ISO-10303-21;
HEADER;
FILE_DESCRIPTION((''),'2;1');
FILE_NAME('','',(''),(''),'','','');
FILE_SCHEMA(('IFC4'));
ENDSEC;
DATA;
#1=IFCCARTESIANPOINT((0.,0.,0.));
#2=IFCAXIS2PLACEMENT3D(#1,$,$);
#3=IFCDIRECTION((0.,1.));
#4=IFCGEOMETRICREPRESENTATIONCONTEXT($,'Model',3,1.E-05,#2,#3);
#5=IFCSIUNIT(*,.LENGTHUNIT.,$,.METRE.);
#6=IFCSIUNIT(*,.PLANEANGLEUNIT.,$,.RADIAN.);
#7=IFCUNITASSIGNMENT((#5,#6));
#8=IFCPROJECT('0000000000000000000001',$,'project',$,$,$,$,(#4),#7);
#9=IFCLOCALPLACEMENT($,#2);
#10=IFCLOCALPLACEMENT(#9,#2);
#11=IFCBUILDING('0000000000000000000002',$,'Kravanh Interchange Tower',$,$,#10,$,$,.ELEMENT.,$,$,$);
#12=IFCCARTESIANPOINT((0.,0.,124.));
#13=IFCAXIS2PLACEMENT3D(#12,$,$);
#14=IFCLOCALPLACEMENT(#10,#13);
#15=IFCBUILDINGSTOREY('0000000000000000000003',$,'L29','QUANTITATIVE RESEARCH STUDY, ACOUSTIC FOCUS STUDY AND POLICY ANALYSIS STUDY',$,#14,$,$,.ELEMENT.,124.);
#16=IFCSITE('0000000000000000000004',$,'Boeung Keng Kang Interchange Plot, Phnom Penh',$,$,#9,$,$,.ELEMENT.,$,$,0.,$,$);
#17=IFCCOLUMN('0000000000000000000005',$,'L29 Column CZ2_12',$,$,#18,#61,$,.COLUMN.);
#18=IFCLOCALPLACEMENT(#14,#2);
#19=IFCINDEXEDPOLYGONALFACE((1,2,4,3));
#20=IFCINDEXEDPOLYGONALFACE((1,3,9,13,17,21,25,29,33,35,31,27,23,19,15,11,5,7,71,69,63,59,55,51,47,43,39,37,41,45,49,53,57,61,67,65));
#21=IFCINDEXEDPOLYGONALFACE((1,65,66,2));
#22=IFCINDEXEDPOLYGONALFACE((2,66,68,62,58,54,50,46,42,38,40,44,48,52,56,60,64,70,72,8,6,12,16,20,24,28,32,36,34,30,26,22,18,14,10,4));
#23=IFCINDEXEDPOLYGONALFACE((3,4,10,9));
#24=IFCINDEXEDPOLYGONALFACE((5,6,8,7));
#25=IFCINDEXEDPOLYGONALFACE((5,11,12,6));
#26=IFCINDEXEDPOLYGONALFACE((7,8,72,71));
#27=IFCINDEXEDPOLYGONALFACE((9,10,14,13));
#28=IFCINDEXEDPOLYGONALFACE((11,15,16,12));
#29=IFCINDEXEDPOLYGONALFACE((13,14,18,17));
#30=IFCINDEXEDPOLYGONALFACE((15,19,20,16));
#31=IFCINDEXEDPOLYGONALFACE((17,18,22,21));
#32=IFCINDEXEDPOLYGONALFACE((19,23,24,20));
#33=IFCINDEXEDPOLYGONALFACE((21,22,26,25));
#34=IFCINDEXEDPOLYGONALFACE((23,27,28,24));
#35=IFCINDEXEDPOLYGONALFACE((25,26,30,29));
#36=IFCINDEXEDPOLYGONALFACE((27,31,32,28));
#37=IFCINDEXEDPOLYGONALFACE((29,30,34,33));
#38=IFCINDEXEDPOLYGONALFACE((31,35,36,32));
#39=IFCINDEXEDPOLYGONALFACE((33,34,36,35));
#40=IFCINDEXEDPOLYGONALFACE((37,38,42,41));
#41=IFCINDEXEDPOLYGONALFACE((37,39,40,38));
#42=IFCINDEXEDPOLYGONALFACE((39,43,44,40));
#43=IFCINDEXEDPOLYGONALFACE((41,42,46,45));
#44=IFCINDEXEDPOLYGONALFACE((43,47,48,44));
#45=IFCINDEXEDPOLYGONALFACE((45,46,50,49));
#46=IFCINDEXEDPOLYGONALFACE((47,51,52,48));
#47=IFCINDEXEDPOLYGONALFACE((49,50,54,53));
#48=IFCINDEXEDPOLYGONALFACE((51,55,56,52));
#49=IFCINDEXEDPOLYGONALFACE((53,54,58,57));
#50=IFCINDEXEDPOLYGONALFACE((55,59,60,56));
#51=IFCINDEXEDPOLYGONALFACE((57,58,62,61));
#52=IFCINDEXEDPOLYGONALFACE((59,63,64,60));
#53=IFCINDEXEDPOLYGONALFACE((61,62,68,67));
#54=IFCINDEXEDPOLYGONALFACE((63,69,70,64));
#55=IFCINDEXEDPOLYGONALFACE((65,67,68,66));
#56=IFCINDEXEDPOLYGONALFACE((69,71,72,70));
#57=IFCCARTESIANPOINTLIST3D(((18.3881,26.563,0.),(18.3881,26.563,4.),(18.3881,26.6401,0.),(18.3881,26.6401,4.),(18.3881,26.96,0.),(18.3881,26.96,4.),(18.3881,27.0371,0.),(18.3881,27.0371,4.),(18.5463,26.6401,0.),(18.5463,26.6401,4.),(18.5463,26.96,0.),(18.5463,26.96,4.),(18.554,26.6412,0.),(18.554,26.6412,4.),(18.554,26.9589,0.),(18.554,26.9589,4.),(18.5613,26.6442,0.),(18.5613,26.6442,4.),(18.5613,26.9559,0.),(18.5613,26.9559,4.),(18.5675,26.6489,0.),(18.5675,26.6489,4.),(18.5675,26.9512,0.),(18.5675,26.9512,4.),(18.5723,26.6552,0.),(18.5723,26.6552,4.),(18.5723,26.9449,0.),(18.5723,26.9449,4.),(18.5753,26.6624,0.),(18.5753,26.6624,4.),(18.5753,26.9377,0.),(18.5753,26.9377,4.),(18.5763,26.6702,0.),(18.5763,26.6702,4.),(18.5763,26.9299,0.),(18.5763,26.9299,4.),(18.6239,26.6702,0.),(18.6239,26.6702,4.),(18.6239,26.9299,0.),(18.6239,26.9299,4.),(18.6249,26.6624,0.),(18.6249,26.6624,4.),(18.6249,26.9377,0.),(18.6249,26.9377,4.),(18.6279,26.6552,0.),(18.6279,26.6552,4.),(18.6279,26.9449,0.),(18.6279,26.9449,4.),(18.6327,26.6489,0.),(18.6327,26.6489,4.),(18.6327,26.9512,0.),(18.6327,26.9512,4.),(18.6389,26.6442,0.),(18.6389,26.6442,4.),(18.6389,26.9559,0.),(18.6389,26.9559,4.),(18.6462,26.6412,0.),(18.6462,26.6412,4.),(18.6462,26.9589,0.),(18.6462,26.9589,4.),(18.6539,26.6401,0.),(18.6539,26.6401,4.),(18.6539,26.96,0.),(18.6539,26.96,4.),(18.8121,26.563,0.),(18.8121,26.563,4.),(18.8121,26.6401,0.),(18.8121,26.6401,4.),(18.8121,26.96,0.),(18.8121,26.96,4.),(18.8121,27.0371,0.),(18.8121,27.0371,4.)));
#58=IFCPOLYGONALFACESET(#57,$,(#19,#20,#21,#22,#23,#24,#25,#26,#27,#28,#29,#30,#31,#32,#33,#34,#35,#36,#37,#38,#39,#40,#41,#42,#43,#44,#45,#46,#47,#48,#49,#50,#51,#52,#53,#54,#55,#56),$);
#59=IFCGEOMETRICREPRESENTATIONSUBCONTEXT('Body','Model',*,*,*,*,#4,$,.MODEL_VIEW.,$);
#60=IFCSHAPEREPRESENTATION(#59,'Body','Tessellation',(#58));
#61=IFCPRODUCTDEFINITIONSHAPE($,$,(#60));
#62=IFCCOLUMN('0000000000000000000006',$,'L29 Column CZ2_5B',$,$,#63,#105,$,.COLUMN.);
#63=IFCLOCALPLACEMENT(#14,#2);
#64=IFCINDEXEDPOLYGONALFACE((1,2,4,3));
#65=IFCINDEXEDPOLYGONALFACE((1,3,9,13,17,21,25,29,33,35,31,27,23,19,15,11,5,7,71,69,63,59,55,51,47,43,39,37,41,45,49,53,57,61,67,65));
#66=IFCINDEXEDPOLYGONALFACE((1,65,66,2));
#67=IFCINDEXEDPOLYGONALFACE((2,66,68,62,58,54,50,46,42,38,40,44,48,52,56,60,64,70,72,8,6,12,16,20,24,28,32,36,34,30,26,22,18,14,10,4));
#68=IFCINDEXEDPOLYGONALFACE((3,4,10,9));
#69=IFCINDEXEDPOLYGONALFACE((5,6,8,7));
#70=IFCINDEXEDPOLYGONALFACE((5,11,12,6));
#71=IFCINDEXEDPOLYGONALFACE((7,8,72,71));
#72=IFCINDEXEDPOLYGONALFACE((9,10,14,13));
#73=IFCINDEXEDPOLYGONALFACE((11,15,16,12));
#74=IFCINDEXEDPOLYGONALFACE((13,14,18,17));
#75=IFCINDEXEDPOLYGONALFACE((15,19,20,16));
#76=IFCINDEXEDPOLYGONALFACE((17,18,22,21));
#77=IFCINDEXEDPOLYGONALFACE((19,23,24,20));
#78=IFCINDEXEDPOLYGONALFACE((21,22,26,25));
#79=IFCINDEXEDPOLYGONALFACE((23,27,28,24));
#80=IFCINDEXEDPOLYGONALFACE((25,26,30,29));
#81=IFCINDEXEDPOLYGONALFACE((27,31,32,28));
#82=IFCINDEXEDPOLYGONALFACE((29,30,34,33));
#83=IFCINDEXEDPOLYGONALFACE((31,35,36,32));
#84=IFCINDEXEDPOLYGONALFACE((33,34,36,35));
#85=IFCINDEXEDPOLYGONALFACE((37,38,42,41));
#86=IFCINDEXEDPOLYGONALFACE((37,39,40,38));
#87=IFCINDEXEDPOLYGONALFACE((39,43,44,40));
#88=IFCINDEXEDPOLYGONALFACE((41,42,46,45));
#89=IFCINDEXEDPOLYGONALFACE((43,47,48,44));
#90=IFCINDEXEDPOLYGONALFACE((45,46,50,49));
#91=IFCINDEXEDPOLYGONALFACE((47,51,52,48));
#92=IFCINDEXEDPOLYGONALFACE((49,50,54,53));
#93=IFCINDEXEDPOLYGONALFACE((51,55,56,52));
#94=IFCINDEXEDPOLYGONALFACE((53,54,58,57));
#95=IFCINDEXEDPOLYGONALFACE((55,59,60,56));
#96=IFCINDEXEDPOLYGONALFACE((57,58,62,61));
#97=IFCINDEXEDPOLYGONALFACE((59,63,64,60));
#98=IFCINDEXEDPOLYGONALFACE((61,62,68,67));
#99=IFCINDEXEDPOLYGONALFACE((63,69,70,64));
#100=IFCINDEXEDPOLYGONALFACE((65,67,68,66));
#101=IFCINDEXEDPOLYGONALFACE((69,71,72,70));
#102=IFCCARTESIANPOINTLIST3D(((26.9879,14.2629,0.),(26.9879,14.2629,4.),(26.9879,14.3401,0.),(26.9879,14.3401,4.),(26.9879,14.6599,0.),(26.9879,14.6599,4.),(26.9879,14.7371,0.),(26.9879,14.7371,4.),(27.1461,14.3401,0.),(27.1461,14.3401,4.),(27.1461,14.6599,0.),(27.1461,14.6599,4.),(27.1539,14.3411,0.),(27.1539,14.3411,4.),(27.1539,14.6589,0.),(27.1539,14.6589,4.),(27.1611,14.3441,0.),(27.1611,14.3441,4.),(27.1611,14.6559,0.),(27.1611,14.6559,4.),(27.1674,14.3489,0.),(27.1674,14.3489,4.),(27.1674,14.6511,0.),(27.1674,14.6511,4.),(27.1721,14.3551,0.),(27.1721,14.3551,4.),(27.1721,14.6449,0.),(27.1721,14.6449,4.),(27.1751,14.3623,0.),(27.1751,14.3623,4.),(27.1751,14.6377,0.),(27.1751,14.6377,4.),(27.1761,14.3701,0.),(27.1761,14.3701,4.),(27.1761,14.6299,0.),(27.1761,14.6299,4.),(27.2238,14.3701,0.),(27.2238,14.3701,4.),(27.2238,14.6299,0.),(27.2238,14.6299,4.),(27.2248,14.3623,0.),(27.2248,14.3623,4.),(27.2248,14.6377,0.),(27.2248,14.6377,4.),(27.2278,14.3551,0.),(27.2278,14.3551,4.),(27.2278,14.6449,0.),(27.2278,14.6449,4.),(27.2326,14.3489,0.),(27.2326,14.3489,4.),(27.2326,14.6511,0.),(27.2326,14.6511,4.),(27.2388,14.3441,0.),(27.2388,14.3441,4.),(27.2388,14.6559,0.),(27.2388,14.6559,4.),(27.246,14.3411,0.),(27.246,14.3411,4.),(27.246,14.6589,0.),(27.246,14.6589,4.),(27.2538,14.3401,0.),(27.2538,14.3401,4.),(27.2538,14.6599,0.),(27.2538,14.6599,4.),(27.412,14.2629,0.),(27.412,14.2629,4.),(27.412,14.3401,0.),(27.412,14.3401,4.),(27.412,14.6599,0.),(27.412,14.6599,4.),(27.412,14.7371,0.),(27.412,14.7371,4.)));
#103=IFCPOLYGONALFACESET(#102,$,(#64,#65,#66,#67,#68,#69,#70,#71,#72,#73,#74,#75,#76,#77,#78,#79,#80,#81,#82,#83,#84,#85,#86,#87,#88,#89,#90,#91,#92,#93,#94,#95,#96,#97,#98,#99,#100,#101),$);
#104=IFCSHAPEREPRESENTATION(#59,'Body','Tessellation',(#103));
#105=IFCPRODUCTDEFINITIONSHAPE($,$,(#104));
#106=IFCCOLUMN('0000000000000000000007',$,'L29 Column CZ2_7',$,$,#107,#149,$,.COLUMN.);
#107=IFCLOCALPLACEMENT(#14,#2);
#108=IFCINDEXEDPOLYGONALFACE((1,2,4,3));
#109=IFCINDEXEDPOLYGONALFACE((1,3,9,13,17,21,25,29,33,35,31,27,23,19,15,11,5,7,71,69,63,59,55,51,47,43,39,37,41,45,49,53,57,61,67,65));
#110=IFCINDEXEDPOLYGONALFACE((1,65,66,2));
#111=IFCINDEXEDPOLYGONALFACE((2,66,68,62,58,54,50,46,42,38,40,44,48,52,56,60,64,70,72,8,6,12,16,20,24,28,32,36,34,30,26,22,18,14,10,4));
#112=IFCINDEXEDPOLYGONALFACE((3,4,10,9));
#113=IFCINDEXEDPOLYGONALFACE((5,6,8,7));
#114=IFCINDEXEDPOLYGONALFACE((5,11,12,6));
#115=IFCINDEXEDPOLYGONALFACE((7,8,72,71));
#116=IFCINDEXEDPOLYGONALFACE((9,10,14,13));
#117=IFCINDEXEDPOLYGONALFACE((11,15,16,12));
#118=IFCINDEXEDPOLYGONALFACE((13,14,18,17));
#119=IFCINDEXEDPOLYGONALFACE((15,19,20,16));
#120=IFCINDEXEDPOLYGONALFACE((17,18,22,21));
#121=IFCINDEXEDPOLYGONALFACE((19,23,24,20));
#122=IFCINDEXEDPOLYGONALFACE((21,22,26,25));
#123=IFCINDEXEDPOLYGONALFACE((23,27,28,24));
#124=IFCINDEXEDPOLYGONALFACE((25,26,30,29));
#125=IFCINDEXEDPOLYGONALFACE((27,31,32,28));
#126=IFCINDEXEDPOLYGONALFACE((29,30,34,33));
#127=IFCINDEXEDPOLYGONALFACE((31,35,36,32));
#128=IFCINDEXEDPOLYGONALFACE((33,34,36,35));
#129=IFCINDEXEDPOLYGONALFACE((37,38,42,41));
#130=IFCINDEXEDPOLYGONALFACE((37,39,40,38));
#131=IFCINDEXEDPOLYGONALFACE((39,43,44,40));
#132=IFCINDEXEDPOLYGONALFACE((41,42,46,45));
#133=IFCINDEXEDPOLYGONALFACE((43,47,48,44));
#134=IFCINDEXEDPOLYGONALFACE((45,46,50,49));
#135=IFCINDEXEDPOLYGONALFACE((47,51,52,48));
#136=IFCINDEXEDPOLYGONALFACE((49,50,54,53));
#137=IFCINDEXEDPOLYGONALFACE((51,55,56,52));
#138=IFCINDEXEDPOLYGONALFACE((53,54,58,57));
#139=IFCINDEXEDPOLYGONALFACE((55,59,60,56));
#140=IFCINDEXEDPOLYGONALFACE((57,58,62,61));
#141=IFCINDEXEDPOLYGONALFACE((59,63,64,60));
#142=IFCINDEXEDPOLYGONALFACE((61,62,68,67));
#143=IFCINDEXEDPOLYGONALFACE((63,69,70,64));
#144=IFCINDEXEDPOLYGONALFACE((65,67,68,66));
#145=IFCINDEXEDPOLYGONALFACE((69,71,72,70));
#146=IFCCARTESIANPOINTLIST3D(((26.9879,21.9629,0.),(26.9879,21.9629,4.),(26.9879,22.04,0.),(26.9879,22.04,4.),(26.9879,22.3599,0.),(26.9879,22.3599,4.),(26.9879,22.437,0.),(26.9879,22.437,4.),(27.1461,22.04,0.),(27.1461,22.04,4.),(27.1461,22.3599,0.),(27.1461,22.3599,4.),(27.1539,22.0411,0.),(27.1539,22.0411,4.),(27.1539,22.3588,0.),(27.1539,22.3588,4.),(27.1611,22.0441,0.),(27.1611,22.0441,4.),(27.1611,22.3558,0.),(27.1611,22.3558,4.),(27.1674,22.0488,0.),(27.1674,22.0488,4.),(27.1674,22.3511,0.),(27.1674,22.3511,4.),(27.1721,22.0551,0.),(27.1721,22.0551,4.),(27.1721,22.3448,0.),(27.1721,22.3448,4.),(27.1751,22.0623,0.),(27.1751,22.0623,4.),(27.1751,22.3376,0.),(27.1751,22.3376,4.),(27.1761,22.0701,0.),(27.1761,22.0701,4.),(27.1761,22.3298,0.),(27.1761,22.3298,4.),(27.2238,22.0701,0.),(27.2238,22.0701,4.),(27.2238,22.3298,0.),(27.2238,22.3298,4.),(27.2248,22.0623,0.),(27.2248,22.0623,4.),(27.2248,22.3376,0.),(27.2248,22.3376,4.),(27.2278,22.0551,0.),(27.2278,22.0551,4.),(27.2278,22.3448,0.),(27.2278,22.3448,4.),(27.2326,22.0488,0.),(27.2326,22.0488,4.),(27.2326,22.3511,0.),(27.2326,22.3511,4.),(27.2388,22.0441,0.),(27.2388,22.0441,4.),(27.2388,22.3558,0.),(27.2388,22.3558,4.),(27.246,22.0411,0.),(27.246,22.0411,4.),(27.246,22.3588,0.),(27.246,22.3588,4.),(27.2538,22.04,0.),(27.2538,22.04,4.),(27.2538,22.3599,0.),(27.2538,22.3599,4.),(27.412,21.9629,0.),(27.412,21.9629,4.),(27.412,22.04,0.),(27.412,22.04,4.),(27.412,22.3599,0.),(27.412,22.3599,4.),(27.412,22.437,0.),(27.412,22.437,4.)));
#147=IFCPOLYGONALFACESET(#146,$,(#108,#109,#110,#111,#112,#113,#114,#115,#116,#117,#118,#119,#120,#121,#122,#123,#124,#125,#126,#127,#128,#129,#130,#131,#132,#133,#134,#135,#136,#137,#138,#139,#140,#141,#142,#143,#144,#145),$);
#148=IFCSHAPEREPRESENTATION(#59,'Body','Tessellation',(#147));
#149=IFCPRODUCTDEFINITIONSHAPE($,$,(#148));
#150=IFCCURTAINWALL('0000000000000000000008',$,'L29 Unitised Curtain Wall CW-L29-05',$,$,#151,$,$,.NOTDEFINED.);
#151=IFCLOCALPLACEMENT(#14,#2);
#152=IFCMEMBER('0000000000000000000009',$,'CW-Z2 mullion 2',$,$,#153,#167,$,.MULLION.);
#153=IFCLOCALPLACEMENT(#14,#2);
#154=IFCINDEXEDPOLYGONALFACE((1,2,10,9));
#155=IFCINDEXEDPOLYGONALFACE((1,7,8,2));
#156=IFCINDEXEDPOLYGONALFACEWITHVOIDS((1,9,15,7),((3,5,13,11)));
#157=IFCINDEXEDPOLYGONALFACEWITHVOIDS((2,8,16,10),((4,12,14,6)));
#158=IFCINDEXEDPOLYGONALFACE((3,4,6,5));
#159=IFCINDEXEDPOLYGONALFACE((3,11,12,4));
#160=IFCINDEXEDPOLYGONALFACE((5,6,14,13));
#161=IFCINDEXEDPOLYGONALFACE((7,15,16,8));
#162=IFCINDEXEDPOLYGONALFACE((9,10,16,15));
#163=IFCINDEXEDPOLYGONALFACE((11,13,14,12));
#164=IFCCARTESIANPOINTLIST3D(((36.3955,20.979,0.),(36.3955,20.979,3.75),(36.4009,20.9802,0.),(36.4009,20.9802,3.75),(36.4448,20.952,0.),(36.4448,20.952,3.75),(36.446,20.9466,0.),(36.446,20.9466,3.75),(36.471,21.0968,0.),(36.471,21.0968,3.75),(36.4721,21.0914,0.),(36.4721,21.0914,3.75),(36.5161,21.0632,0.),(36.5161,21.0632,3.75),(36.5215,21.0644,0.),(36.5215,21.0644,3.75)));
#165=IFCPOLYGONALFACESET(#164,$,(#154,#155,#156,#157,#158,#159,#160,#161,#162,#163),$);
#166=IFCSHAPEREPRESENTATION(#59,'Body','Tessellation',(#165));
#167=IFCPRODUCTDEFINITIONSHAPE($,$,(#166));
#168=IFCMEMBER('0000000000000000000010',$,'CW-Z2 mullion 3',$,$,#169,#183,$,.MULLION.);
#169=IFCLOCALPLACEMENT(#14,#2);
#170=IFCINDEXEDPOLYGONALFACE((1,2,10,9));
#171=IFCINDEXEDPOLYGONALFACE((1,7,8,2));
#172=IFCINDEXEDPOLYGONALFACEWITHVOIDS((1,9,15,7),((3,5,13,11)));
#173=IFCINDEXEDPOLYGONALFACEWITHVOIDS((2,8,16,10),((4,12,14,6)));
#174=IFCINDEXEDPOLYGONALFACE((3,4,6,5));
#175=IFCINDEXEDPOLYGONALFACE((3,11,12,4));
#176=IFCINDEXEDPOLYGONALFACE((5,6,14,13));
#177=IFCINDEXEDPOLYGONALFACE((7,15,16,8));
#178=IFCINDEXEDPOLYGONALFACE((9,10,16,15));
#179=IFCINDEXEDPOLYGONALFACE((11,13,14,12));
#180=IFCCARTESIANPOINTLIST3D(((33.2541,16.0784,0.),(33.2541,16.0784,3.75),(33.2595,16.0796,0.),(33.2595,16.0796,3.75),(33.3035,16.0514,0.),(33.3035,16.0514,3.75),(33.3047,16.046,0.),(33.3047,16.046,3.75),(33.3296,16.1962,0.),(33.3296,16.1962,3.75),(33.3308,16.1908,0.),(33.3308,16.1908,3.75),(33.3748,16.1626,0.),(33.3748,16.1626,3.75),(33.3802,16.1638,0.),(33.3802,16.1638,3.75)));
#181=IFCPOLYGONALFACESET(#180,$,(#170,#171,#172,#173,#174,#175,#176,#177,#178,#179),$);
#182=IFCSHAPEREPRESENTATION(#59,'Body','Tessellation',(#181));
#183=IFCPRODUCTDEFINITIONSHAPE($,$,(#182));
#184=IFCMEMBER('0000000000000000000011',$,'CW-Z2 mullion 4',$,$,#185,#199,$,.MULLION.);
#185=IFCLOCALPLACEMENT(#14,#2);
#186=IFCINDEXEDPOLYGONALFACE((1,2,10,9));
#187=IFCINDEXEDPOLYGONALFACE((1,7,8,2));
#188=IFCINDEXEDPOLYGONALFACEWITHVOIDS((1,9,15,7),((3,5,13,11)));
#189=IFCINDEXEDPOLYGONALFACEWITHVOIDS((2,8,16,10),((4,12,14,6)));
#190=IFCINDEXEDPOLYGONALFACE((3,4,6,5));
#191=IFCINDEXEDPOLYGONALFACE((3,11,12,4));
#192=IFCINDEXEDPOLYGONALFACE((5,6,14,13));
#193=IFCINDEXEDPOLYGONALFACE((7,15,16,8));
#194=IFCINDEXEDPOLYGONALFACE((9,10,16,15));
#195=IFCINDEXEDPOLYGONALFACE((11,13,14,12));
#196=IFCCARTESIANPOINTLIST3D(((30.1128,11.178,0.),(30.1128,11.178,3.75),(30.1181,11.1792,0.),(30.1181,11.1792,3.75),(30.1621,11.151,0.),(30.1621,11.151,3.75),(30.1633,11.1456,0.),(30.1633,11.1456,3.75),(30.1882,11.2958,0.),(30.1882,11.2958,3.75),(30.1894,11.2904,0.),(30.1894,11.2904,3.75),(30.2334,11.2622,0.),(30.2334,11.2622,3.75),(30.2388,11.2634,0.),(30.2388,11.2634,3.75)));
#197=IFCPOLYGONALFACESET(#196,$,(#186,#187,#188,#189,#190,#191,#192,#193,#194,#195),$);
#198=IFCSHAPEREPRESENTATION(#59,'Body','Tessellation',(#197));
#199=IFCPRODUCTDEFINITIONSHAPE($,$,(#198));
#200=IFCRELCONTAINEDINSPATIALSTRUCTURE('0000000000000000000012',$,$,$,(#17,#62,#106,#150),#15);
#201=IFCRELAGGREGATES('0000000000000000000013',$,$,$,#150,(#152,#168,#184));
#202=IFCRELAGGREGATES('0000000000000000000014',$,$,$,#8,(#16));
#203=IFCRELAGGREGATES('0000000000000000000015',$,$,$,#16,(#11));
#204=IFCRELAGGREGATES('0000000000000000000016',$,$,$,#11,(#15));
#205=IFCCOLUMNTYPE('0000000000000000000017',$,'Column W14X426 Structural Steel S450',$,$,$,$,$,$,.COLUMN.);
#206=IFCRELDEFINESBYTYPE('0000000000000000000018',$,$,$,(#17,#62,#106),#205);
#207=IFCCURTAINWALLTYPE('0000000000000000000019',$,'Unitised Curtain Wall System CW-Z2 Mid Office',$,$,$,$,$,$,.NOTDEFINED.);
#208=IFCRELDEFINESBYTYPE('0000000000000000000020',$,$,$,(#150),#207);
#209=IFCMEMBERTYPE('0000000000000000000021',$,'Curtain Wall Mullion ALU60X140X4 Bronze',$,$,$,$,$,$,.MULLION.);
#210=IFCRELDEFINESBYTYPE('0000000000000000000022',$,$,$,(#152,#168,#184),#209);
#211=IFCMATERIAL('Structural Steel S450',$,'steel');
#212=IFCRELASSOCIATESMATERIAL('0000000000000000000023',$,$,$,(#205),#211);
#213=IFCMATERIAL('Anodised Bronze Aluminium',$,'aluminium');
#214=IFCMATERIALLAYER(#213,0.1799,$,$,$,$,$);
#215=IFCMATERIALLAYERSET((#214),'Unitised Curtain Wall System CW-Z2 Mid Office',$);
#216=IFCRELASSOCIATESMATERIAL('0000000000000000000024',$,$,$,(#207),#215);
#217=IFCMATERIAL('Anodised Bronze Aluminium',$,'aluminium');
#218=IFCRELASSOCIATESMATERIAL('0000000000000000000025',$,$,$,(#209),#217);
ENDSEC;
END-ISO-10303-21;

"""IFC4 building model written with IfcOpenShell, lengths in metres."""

from ifc_helpers import new_model, si_unit, direction, frame, origin, origin_2d, place, context, subcontext, project, spatial, hollow_rectangle, i_section, extrude, material, layer, layer_set, material_profile, profile_set, type_object, element, aggregate, save


model = new_model("IFC4")

# Units and contexts
model_context = context("Model", 3, precision=1e-05, world=origin(), true_north=direction((0.0, 1.0)))
body_context = subcontext(model_context, "Body", "Model", "MODEL_VIEW")
ifc_project = project(units=[si_unit("LENGTHUNIT", "METRE"), si_unit("PLANEANGLEUNIT", "RADIAN")], contexts=[model_context])

# Site, building, storey
site_placement = place(None, origin())
site = spatial("IfcSite", under=ifc_project, at=site_placement, Name="Boeung Keng Kang Interchange Plot, Phnom Penh", CompositionType="ELEMENT", RefElevation=0.0)
building_placement = place(site_placement, origin())
building = spatial("IfcBuilding", under=site, at=building_placement, Name="Kravanh Interchange Tower", CompositionType="ELEMENT")
storey_placement = place(building_placement, frame((0.0, 0.0, 124.0)))
storey = spatial("IfcBuildingStorey", under=building, at=storey_placement, Name="L29", Description="QUANTITATIVE RESEARCH STUDY, ACOUSTIC FOCUS STUDY AND POLICY ANALYSIS STUDY", CompositionType="ELEMENT", Elevation=124.0)

# Columns
ifc_material_1 = material(Name="Structural Steel S450", Category="steel")
ifc_material_profile_1 = material_profile(ifc_material_1, i_section(OverallWidth=0.4241, OverallDepth=0.4741, WebThickness=0.0476, FlangeThickness=0.0771, FilletRadius=0.03, at=origin_2d()), Name="W14X426")
ifc_profile_set_1 = profile_set([ifc_material_profile_1], Name="Structural Steel S450")
column_type = type_object("IfcColumnType", Name="Column W14X426 Structural Steel S450", PredefinedType="COLUMN", material=ifc_profile_set_1)
for number, where, z_axis, x_axis, name in (
    (1, (18.6001, 26.8, 0.0), (0.0, 0.0, 1.0), (1.0, 0.0, 0.0), "L29 Column CZ2_12"),
    (2, (27.2, 14.5, 0.0), (0.0, 0.0, 1.0), (1.0, 0.0, 0.0), "L29 Column CZ2_5B"),
    (3, (27.2, 22.2, 0.0), (0.0, 0.0, 1.0), (1.0, 0.0, 0.0), "L29 Column CZ2_7"),
):
    element("IfcColumn", number, at=place(storey_placement, frame(where, z_axis=z_axis, x_axis=x_axis)), inside=storey, type_object=column_type, Name=name, PredefinedType="COLUMN", context=body_context, shape_type="SweptSolid", body=[
        extrude(i_section(OverallWidth=0.4241, OverallDepth=0.4741, WebThickness=0.0476, FlangeThickness=0.0771, FilletRadius=0.03, at=origin_2d()), origin(), (0.0, 0.0, 1.0), 4.0),
    ])

# Curtain wall, members
ifc_material_2 = material(Name="Anodised Bronze Aluminium", Category="aluminium")
ifc_layer_1 = layer(ifc_material_2, 0.1799)
ifc_layer_set_1 = layer_set([ifc_layer_1], Name="Unitised Curtain Wall System CW-Z2 Mid Office")
curtain_wall_type = type_object("IfcCurtainWallType", Name="Unitised Curtain Wall System CW-Z2 Mid Office", PredefinedType="NOTDEFINED", material=ifc_layer_set_1)
curtain_wall_placement = place(storey_placement, origin())
curtain_wall = element("IfcCurtainWall", 4, at=curtain_wall_placement, inside=storey, type_object=curtain_wall_type, Name="L29 Unitised Curtain Wall CW-L29-05", PredefinedType="NOTDEFINED")
ifc_material_3 = material(Name="Anodised Bronze Aluminium", Category="aluminium")
ifc_material_profile_2 = material_profile(ifc_material_3, hollow_rectangle(XDim=0.0601, YDim=0.1399, WallThickness=0.0039, at=origin_2d()), Name="ALU60X140X4")
ifc_profile_set_2 = profile_set([ifc_material_profile_2], Name="Anodised Bronze Aluminium")
member_type_1 = type_object("IfcMemberType", Name="Curtain Wall Mullion ALU60X140X4 Bronze", PredefinedType="MULLION", material=ifc_profile_set_2)
member_1_placement = place(storey_placement, frame((36.4585, 21.0217, 0.0), z_axis=(0.0, 0.0, 1.0), x_axis=(0.84188, -0.539665, 0.0)))
member_1 = element("IfcMember", 5, at=member_1_placement, type_object=member_type_1, Name="CW-Z2 mullion 2", PredefinedType="MULLION", context=body_context, shape_type="SweptSolid", body=[
    extrude(hollow_rectangle(XDim=0.0601, YDim=0.1399, WallThickness=0.0039, at=origin_2d()), origin(), (0.0, 0.0, 1.0), 3.75),
])
member_2_placement = place(storey_placement, frame((33.3171, 16.1211, 0.0), z_axis=(0.0, 0.0, 1.0), x_axis=(0.84188, -0.539665, 0.0)))
member_2 = element("IfcMember", 6, at=member_2_placement, type_object=member_type_1, Name="CW-Z2 mullion 3", PredefinedType="MULLION", context=body_context, shape_type="SweptSolid", body=[
    extrude(hollow_rectangle(XDim=0.0601, YDim=0.1399, WallThickness=0.0039, at=origin_2d()), origin(), (0.0, 0.0, 1.0), 3.75),
])
member_3_placement = place(storey_placement, frame((30.1758, 11.2207, 0.0), z_axis=(0.0, 0.0, 1.0), x_axis=(0.84188, -0.539665, 0.0)))
member_3 = element("IfcMember", 7, at=member_3_placement, type_object=member_type_1, Name="CW-Z2 mullion 4", PredefinedType="MULLION", context=body_context, shape_type="SweptSolid", body=[
    extrude(hollow_rectangle(XDim=0.0601, YDim=0.1399, WallThickness=0.0039, at=origin_2d()), origin(), (0.0, 0.0, 1.0), 3.75),
])

aggregate(curtain_wall, [member_1, member_2, member_3])

save(model, "model.ifc")
